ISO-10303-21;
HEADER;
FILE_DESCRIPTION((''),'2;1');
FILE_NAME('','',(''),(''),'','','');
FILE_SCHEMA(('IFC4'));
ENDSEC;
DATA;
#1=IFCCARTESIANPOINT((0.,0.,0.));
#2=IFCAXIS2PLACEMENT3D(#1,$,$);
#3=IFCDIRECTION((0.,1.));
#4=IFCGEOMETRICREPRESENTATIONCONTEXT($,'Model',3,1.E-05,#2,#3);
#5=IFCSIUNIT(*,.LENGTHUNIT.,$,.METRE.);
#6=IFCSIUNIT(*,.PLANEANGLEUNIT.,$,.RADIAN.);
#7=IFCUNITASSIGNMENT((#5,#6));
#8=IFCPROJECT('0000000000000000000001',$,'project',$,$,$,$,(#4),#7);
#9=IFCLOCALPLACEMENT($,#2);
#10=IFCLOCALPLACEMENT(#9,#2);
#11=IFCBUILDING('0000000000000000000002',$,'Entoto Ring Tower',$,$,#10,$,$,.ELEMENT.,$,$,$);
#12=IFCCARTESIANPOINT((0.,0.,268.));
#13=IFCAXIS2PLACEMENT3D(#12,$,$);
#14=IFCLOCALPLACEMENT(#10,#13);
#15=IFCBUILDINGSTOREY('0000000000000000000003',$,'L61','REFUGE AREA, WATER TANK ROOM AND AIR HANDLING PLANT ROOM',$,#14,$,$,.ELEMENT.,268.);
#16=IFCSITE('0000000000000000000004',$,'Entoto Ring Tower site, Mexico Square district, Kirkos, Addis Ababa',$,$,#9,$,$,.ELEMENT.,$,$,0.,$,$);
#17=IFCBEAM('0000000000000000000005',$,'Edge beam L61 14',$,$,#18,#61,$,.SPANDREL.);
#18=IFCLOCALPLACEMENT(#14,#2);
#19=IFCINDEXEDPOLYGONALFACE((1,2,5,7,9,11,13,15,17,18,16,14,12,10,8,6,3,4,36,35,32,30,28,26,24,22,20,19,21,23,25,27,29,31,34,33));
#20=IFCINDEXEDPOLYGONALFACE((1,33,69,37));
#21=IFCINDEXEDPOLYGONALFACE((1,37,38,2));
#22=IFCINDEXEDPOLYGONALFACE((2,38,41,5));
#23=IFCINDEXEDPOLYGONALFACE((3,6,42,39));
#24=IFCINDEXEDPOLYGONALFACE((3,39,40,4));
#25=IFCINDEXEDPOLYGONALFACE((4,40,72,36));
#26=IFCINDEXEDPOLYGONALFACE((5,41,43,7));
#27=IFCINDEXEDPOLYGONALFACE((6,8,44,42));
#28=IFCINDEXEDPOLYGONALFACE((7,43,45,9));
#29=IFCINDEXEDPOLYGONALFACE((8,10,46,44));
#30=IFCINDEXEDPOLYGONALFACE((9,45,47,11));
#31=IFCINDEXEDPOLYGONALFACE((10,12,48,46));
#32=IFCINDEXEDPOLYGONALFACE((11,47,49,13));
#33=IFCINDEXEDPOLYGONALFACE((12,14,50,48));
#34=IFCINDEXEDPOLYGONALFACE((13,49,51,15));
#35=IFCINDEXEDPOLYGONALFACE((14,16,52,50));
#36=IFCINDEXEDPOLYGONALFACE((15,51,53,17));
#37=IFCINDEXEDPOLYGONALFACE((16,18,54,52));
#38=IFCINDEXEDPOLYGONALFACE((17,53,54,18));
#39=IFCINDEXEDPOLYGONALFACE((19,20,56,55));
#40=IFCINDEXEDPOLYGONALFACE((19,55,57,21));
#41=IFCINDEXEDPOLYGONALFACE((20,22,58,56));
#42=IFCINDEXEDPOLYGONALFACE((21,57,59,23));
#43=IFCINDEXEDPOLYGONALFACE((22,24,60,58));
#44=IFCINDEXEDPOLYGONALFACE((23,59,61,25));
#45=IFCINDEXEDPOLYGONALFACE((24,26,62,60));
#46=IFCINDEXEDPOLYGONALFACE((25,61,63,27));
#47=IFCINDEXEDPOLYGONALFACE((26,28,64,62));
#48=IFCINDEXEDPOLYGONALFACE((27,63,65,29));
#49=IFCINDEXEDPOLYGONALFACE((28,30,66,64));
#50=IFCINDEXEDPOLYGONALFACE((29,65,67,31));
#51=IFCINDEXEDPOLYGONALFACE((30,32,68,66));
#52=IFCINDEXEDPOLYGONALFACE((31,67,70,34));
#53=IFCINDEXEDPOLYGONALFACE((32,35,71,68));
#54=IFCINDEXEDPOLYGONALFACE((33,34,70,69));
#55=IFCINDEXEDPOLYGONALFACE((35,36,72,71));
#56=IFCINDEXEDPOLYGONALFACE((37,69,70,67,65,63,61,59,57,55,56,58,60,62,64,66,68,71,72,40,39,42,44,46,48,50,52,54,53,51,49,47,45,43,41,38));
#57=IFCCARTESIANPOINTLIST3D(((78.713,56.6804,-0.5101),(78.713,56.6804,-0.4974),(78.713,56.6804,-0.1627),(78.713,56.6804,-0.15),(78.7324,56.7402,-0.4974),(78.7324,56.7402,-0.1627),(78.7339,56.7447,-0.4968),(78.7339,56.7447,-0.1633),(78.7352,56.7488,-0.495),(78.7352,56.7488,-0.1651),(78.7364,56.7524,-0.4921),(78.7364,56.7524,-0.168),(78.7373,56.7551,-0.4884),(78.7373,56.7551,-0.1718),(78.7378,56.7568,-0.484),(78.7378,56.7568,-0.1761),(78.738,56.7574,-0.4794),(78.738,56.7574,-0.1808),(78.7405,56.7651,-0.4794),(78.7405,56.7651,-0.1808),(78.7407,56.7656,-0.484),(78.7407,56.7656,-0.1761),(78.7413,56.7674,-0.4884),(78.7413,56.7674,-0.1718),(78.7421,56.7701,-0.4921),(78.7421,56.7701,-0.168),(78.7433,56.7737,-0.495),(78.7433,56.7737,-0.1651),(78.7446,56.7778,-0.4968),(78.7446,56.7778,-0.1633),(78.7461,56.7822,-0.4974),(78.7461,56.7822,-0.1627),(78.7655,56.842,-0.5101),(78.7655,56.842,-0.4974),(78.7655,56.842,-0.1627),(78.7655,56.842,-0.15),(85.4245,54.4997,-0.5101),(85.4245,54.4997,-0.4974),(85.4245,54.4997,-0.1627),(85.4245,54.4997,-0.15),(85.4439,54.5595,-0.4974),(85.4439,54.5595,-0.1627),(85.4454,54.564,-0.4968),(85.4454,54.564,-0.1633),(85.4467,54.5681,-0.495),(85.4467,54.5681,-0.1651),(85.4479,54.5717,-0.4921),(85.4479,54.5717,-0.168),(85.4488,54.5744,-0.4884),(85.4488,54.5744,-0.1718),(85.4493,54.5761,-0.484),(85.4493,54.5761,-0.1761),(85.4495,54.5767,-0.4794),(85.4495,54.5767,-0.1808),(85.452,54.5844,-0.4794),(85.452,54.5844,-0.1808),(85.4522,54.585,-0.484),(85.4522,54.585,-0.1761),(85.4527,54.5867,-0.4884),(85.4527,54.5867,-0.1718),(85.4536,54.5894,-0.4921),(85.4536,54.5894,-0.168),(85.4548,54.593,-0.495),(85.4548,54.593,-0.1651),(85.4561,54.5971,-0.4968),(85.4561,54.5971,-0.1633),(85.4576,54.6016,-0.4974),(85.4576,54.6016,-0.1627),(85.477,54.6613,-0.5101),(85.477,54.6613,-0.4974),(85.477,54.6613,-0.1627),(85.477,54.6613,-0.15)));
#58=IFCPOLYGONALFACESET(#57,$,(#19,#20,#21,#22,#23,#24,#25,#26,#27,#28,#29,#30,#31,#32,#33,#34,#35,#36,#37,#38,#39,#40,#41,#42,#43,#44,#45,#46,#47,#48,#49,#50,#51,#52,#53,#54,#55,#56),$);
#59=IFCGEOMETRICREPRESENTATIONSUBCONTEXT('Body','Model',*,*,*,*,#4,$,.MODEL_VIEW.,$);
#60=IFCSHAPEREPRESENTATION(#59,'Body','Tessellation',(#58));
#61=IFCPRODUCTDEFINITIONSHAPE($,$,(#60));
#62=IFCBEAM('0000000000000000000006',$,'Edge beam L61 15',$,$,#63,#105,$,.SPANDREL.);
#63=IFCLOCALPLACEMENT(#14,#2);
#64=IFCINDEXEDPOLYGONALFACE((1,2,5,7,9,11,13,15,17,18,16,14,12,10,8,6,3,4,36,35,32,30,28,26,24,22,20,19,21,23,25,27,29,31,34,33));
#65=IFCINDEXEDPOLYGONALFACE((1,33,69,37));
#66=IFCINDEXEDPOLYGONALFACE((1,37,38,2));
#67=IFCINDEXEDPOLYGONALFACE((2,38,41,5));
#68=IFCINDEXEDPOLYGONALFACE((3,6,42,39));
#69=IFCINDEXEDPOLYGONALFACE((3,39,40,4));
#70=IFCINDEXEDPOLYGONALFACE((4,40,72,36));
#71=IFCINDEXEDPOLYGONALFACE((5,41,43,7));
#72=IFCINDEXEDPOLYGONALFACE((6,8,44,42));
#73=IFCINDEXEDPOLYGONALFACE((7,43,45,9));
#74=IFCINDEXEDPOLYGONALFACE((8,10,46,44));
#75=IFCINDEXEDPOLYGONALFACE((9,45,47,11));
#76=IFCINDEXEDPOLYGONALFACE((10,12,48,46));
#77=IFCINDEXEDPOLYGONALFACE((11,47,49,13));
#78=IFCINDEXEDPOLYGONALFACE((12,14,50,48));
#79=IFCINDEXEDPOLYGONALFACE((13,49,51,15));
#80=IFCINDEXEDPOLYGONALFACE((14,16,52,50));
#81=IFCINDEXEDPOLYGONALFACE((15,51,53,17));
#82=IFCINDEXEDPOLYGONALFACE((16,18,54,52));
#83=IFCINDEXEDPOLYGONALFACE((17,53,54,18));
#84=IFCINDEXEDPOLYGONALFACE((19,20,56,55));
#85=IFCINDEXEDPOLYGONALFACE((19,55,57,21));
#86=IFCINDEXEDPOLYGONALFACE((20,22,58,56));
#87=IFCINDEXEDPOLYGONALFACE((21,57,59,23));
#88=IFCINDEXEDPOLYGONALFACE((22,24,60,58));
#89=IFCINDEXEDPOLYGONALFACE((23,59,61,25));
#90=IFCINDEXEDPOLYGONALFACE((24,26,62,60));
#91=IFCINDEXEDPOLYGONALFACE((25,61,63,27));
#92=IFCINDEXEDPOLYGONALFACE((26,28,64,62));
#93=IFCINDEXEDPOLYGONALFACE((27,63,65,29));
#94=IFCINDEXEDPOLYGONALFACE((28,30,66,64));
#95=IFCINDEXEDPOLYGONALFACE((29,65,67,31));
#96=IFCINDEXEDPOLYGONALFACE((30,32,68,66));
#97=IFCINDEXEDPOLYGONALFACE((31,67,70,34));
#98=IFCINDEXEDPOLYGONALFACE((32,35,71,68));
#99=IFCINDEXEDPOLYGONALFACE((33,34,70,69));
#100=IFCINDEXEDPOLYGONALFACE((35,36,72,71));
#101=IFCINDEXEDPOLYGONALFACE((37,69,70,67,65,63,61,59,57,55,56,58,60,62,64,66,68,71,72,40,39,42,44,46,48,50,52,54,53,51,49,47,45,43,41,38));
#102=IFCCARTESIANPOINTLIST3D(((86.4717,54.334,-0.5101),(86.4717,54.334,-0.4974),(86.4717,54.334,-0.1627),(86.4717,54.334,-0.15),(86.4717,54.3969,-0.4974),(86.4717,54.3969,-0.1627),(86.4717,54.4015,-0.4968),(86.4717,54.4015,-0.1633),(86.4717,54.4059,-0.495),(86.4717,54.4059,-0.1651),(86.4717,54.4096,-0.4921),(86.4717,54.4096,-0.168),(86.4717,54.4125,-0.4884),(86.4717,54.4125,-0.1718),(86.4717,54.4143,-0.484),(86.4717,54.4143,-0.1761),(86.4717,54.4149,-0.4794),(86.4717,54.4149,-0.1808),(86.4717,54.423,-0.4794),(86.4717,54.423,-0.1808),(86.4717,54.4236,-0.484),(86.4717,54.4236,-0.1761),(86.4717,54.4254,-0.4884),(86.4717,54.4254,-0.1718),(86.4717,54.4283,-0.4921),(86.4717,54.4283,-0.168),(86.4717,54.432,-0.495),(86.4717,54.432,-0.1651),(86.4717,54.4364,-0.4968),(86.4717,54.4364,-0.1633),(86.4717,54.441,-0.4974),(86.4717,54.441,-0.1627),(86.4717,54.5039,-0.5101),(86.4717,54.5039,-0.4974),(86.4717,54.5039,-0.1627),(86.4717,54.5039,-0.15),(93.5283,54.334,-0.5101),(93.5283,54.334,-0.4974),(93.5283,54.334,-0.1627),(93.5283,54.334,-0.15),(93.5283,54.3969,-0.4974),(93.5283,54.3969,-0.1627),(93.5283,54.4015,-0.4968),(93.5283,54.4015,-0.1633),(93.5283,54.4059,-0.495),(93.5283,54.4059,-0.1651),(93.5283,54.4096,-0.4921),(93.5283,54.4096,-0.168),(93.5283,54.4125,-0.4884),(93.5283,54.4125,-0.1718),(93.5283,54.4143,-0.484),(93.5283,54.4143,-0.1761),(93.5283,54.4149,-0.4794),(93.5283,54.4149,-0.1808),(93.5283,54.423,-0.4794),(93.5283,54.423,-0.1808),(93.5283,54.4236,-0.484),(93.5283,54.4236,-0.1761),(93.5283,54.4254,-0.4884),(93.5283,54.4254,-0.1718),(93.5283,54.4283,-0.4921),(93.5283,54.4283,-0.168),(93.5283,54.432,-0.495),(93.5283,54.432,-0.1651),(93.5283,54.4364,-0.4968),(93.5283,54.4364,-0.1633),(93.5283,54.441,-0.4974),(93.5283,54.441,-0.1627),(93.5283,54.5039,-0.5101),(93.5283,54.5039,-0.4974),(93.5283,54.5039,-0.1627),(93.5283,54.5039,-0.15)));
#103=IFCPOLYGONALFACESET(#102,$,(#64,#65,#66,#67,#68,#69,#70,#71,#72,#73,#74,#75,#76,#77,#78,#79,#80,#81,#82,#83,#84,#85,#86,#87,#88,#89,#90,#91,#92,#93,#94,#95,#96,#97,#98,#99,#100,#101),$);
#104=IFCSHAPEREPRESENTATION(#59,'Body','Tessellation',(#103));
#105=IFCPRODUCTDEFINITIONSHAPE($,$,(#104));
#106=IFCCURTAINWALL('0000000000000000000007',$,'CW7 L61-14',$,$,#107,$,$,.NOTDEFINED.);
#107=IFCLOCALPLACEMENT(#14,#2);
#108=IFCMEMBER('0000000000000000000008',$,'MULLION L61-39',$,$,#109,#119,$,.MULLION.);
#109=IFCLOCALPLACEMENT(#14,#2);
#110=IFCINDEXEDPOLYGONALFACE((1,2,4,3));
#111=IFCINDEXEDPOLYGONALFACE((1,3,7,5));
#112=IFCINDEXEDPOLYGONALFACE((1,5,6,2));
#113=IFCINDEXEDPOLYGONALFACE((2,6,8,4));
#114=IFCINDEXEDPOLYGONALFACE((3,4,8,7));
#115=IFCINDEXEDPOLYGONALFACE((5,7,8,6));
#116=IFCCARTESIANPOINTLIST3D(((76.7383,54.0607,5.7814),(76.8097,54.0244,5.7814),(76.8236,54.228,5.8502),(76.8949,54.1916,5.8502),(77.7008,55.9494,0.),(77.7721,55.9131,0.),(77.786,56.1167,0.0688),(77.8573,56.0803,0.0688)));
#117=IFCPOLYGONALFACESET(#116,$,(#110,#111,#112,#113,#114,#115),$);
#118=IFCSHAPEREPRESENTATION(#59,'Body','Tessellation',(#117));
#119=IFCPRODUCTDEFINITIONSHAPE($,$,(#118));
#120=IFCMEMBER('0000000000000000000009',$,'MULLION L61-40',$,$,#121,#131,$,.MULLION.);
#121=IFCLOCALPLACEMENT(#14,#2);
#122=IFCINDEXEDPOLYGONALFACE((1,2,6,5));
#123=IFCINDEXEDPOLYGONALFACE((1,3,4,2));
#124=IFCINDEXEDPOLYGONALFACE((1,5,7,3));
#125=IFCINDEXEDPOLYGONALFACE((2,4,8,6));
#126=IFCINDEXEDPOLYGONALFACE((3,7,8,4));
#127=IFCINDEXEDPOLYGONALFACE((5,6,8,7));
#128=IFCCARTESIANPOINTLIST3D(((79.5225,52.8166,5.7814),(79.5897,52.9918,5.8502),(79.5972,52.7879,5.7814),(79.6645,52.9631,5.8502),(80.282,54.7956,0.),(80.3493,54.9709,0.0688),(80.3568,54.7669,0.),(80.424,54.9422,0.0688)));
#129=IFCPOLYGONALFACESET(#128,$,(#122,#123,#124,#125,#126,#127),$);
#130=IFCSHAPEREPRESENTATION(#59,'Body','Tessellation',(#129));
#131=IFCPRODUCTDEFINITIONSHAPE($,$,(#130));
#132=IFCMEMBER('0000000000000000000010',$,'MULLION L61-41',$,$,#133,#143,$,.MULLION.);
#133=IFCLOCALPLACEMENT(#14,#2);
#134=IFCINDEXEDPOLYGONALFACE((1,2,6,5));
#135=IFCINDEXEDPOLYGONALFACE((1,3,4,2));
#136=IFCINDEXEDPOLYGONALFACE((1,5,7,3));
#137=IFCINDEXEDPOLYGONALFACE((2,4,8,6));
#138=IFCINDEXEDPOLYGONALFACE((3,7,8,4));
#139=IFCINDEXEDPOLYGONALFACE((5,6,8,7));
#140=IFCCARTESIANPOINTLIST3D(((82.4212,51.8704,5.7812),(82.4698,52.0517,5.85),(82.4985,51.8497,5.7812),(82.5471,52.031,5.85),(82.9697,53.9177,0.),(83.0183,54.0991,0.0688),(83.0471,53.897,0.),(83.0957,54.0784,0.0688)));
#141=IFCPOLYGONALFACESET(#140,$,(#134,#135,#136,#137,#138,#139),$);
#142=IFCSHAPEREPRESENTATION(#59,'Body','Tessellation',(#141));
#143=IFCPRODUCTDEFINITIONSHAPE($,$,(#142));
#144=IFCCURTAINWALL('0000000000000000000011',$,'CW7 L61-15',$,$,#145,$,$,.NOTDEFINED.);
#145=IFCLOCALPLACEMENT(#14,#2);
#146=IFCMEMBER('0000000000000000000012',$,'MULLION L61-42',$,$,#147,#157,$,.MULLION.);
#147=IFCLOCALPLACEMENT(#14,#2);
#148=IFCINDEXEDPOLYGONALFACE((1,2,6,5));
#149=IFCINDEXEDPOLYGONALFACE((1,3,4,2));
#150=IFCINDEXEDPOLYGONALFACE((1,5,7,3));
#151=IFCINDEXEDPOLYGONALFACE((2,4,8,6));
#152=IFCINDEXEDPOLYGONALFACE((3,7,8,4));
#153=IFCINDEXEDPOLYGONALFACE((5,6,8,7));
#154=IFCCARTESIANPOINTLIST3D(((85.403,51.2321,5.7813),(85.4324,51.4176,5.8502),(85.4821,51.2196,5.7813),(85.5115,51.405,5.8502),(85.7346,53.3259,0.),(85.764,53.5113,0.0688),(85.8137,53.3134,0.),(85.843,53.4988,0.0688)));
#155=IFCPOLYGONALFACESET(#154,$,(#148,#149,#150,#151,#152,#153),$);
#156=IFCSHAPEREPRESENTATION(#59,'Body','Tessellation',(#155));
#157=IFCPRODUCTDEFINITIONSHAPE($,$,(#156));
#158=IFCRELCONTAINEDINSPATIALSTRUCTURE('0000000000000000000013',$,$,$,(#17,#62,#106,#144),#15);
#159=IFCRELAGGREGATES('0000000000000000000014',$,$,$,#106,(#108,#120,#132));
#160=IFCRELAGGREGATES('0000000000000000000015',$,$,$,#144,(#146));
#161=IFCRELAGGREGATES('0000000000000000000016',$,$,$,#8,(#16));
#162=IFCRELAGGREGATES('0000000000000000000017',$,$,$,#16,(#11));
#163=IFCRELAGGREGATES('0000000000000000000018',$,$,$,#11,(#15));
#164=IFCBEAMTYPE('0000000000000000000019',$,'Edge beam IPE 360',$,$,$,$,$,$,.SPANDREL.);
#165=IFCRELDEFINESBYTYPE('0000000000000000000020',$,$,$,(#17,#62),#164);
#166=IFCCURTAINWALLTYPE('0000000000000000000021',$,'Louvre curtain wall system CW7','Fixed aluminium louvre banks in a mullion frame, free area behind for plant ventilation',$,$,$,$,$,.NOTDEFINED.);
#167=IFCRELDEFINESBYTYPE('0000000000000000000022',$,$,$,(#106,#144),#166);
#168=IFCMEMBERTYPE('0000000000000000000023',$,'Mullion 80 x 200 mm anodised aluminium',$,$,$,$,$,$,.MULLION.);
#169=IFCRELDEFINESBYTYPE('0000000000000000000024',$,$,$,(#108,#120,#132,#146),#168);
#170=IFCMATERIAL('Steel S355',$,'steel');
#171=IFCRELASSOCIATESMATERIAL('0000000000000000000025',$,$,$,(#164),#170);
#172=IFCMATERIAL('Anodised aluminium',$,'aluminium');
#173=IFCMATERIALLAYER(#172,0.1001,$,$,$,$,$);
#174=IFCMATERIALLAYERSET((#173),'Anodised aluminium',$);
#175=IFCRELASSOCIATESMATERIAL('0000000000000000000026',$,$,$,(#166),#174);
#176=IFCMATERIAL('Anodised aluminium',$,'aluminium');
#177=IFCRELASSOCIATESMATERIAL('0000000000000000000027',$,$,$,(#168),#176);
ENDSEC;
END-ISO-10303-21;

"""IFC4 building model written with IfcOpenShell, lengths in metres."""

from ifc_helpers import new_model, si_unit, direction, frame, origin, origin_2d, place, context, subcontext, project, spatial, rectangle, i_section, extrude, material, layer, layer_set, material_profile, profile_set, type_object, element, aggregate, save


model = new_model("IFC4")

# Units and contexts
model_context = context("Model", 3, precision=1e-05, world=origin(), true_north=direction((0.0, 1.0)))
body_context = subcontext(model_context, "Body", "Model", "MODEL_VIEW")
ifc_project = project(units=[si_unit("LENGTHUNIT", "METRE"), si_unit("PLANEANGLEUNIT", "RADIAN")], contexts=[model_context])

# Site, building, storey
site_placement = place(None, origin())
site = spatial("IfcSite", under=ifc_project, at=site_placement, Name="Entoto Ring Tower site, Mexico Square district, Kirkos, Addis Ababa", CompositionType="ELEMENT", RefElevation=0.0)
building_placement = place(site_placement, origin())
building = spatial("IfcBuilding", under=site, at=building_placement, Name="Entoto Ring Tower", CompositionType="ELEMENT")
storey_placement = place(building_placement, frame((0.0, 0.0, 268.0)))
storey = spatial("IfcBuildingStorey", under=building, at=storey_placement, Name="L61", Description="REFUGE AREA, WATER TANK ROOM AND AIR HANDLING PLANT ROOM", CompositionType="ELEMENT", Elevation=268.0)

# Beams
ifc_material_1 = material(Name="Steel S355", Category="steel")
ifc_material_profile_1 = material_profile(ifc_material_1, i_section(OverallWidth=0.1699, OverallDepth=0.3601, WebThickness=0.0081, FlangeThickness=0.0127, FilletRadius=0.0181, at=origin_2d()), Name="IPE 360")
ifc_profile_set_1 = profile_set([ifc_material_profile_1], Name="Steel S355")
beam_type = type_object("IfcBeamType", Name="Edge beam IPE 360", PredefinedType="SPANDREL", material=ifc_profile_set_1)
beam_1_placement = place(storey_placement, frame((78.7393, 56.7612, -0.3301), z_axis=(0.951057, -0.309016, 0.0), x_axis=(0.309016, 0.951057, 0.0)))
element("IfcBeam", 1, at=beam_1_placement, inside=storey, type_object=beam_type, Name="Edge beam L61 14", PredefinedType="SPANDREL", context=body_context, shape_type="SweptSolid", body=[
    extrude(i_section(OverallWidth=0.1699, OverallDepth=0.3601, WebThickness=0.0081, FlangeThickness=0.0127, FilletRadius=0.0181, at=origin_2d()), origin(), (0.0, 0.0, 1.0), 7.0569),
])
beam_2_placement = place(storey_placement, frame((86.4717, 54.4189, -0.3301), z_axis=(1.0, 0.0, 0.0), x_axis=(0.0, 1.0, 0.0)))
element("IfcBeam", 2, at=beam_2_placement, inside=storey, type_object=beam_type, Name="Edge beam L61 15", PredefinedType="SPANDREL", context=body_context, shape_type="SweptSolid", body=[
    extrude(i_section(OverallWidth=0.1699, OverallDepth=0.3601, WebThickness=0.0081, FlangeThickness=0.0127, FilletRadius=0.0181, at=origin_2d()), origin(), (0.0, 0.0, 1.0), 7.0566),
])

# Curtain wall, members
ifc_material_2 = material(Name="Anodised aluminium", Category="aluminium")
ifc_layer_1 = layer(ifc_material_2, 0.1001)
ifc_layer_set_1 = layer_set([ifc_layer_1], Name="Anodised aluminium")
curtain_wall_type = type_object("IfcCurtainWallType", Name="Louvre curtain wall system CW7", Description="Fixed aluminium louvre banks in a mullion frame, free area behind for plant ventilation", PredefinedType="NOTDEFINED", material=ifc_layer_set_1)
curtain_wall_1_placement = place(storey_placement, origin())
curtain_wall_1 = element("IfcCurtainWall", 3, at=curtain_wall_1_placement, inside=storey, type_object=curtain_wall_type, Name="CW7 L61-14", PredefinedType="NOTDEFINED")
ifc_material_3 = material(Name="Anodised aluminium", Category="aluminium")
ifc_material_profile_2 = material_profile(ifc_material_3, rectangle(XDim=0.0801, YDim=0.2, at=origin_2d()), Name="Mullion 80 x 200 mm anodised aluminium")
ifc_profile_set_2 = profile_set([ifc_material_profile_2], Name="Anodised aluminium")
member_type_1 = type_object("IfcMemberType", Name="Mullion 80 x 200 mm anodised aluminium", PredefinedType="MULLION", material=ifc_profile_set_2)
member_1_placement = place(storey_placement, frame((77.7791, 56.0149, 0.0344), z_axis=(-0.156295, -0.306722, 0.938879), x_axis=(0.890992, -0.454019, 0.0)))
member_1 = element("IfcMember", 4, at=member_1_placement, type_object=member_type_1, Name="MULLION L61-39", PredefinedType="MULLION", context=body_context, shape_type="SweptSolid", body=[
    extrude(rectangle(XDim=0.0801, YDim=0.2, at=origin_2d()), origin(), (0.0, 0.0, 1.0), 6.1577),
])
member_2_placement = place(storey_placement, frame((80.353, 54.8689, 0.0344), z_axis=(-0.123347, -0.321391, 0.938879), x_axis=(0.933604, -0.358308, 0.0)))
member_2 = element("IfcMember", 5, at=member_2_placement, type_object=member_type_1, Name="MULLION L61-40", PredefinedType="MULLION", context=body_context, shape_type="SweptSolid", body=[
    extrude(rectangle(XDim=0.0801, YDim=0.2, at=origin_2d()), origin(), (0.0, 0.0, 1.0), 6.1577),
])
member_3_placement = place(storey_placement, frame((83.0327, 53.998, 0.0344), z_axis=(-0.089091, -0.332496, 0.938887), x_axis=(0.965926, -0.258817, 0.0)))
member_3 = element("IfcMember", 6, at=member_3_placement, type_object=member_type_1, Name="MULLION L61-41", PredefinedType="MULLION", context=body_context, shape_type="SweptSolid", body=[
    extrude(rectangle(XDim=0.0801, YDim=0.2, at=origin_2d()), origin(), (0.0, 0.0, 1.0), 6.1575),
])
aggregate(curtain_wall_1, [member_1, member_2, member_3])

# Curtain wall, member
curtain_wall_2_placement = place(storey_placement, origin())
curtain_wall_2 = element("IfcCurtainWall", 7, at=curtain_wall_2_placement, inside=storey, type_object=curtain_wall_type, Name="CW7 L61-15", PredefinedType="NOTDEFINED")
member_4_placement = place(storey_placement, frame((85.7888, 53.4124, 0.0344), z_axis=(-0.053843, -0.340025, 0.938874), x_axis=(0.987694, -0.1564, 0.0)))
member_4 = element("IfcMember", 8, at=member_4_placement, type_object=member_type_1, Name="MULLION L61-42", PredefinedType="MULLION", context=body_context, shape_type="SweptSolid", body=[
    extrude(rectangle(XDim=0.0801, YDim=0.2, at=origin_2d()), origin(), (0.0, 0.0, 1.0), 6.1577),
])
aggregate(curtain_wall_2, [member_4])

save(model, "model.ifc")
